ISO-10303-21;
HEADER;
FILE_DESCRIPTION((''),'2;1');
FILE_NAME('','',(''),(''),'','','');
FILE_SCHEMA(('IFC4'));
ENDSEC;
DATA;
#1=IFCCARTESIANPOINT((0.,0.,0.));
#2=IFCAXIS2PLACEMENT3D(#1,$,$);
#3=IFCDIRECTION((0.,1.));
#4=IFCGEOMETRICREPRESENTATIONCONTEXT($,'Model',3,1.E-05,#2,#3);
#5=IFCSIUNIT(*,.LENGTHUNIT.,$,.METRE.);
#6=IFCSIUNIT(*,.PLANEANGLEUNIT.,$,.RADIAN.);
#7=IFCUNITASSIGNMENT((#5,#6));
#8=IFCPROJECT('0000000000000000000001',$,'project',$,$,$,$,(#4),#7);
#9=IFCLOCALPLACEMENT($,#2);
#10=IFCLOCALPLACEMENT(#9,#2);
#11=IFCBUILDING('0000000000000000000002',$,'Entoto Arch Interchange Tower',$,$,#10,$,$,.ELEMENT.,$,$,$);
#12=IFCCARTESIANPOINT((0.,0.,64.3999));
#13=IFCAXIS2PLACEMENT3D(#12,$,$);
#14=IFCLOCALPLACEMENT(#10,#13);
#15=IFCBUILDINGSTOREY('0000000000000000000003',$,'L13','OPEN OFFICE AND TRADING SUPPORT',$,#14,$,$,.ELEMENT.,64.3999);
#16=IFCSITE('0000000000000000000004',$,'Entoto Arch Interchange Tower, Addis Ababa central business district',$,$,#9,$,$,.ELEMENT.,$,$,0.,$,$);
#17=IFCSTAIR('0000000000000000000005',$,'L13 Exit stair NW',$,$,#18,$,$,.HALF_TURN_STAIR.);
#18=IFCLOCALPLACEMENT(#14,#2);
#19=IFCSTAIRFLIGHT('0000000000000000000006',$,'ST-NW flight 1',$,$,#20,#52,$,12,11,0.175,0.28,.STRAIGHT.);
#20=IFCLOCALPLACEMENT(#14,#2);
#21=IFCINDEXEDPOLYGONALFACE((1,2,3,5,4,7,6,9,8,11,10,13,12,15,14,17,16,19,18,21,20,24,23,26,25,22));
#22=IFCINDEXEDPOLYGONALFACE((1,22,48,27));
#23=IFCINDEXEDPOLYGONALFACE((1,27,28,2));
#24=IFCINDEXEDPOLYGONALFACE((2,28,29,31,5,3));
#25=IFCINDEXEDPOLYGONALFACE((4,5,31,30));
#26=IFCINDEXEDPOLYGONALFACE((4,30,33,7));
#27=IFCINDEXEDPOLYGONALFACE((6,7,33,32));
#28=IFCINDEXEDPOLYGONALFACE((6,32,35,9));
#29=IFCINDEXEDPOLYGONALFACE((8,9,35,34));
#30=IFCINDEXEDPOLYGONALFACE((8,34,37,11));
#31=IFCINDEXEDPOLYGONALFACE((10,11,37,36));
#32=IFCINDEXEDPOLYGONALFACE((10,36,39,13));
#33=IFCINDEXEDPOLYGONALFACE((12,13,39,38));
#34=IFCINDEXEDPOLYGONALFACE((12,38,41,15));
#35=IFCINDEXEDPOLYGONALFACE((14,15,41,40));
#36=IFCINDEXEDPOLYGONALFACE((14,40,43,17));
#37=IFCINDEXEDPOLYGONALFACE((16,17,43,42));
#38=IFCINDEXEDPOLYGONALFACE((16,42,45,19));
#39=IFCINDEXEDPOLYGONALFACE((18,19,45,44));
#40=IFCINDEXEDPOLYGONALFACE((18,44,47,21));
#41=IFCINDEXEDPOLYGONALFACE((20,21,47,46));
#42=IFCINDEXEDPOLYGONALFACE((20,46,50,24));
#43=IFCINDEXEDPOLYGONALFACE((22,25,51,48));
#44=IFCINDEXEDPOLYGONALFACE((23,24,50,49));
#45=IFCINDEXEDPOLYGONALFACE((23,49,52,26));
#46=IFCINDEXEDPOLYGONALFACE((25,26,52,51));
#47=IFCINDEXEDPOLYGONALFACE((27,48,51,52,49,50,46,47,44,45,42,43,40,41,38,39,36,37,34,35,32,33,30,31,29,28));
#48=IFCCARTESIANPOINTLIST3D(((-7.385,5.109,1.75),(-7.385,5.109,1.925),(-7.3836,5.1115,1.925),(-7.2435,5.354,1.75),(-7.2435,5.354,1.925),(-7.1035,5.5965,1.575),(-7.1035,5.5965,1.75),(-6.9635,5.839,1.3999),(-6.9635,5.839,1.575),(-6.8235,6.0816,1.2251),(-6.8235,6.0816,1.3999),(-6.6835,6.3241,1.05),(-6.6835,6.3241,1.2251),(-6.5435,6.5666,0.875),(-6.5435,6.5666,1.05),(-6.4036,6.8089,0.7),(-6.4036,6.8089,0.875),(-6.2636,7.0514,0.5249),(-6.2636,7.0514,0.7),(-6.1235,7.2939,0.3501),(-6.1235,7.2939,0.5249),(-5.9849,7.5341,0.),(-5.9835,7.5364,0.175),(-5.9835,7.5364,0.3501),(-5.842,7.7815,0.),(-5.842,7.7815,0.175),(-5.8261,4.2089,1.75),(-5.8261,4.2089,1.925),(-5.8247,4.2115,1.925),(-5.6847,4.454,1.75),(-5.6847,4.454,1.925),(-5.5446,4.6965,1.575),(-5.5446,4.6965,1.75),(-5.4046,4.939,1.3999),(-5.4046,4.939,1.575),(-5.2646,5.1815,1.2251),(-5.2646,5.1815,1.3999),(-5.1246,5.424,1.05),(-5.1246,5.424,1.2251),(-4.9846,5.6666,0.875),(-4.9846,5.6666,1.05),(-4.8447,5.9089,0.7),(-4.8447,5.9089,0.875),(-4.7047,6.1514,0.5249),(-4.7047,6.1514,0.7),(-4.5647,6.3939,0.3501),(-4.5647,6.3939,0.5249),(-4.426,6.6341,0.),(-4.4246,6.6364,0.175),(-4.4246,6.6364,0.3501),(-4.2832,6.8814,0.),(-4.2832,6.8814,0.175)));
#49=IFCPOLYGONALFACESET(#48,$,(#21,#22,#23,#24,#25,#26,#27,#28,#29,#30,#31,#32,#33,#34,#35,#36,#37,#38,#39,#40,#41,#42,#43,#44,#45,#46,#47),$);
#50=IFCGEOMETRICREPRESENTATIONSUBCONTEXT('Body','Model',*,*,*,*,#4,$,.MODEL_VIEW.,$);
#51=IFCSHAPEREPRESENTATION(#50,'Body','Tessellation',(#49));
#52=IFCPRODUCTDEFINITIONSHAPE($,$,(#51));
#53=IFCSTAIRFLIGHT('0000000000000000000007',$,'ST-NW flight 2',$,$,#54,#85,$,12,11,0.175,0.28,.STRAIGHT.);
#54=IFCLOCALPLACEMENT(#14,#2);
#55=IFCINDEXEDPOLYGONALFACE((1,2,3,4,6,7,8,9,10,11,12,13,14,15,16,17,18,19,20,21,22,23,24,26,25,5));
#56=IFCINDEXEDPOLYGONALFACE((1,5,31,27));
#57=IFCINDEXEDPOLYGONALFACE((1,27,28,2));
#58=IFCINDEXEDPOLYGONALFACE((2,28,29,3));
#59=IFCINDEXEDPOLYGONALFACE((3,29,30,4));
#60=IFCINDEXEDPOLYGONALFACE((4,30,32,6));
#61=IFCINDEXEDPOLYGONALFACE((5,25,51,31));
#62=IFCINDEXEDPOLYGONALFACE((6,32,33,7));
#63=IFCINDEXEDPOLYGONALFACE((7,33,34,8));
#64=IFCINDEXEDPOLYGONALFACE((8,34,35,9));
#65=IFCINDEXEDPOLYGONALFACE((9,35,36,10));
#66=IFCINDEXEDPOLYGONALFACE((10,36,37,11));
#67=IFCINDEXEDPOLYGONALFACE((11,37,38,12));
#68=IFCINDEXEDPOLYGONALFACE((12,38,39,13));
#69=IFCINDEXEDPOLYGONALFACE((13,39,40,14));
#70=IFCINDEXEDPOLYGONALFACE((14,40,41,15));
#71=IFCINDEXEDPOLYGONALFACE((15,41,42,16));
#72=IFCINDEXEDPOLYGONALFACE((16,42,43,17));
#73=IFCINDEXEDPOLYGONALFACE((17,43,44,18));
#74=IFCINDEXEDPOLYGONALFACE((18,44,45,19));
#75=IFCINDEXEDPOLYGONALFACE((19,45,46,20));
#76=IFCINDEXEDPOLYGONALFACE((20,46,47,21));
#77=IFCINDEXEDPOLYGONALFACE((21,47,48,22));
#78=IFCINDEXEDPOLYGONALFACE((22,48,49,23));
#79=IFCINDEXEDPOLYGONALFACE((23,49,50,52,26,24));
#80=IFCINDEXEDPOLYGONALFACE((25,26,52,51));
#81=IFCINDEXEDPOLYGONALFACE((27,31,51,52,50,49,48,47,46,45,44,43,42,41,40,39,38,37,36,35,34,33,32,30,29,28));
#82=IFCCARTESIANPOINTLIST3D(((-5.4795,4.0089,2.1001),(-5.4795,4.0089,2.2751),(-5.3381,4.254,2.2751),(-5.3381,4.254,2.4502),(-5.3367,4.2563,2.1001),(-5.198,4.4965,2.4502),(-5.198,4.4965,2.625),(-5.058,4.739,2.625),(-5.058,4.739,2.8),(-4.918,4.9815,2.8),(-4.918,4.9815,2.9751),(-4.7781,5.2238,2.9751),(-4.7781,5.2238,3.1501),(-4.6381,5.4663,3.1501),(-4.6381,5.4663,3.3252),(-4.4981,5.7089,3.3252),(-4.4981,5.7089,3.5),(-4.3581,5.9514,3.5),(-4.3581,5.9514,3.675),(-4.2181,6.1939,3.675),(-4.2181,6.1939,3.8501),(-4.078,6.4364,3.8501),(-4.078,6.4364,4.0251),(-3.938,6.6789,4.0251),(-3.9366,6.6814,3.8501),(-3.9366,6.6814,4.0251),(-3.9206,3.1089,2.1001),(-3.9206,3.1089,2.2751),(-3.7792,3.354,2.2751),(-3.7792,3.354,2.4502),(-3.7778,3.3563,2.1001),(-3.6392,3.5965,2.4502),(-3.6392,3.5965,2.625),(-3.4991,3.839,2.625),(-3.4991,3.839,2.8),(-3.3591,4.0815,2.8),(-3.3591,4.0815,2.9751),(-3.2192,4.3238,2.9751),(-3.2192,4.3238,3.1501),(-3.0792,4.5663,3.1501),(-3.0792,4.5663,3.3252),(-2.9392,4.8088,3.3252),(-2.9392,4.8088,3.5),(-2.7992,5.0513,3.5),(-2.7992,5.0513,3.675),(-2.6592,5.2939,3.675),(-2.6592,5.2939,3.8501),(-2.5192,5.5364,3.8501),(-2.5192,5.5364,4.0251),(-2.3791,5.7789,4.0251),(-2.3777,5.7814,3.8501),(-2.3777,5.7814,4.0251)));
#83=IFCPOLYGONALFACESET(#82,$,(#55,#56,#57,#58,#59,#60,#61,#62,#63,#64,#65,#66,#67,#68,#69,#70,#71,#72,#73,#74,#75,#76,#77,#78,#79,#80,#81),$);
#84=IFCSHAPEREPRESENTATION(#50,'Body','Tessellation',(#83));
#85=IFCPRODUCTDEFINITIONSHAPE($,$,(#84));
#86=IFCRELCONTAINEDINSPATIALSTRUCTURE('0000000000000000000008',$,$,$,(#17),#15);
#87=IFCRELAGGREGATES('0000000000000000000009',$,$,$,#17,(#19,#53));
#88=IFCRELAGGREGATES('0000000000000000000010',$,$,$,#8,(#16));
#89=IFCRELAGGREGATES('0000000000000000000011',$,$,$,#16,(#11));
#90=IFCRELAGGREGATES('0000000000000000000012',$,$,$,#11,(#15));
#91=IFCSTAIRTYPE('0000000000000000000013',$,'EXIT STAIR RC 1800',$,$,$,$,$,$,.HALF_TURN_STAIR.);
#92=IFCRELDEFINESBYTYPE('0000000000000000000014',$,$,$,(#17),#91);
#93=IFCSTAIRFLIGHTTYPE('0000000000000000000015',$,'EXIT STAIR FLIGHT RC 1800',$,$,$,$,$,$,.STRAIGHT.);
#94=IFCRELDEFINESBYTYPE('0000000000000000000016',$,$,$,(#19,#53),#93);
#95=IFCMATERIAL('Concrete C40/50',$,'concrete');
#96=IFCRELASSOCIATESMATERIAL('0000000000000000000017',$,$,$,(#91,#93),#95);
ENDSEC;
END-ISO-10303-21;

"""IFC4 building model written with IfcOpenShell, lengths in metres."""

from ifc_helpers import new_model, si_unit, direction, frame, origin, place, context, subcontext, project, spatial, polyline, outline, extrude, material, type_object, element, aggregate, save


model = new_model("IFC4")

# Units and contexts
model_context = context("Model", 3, precision=1e-05, world=origin(), true_north=direction((0.0, 1.0)))
body_context = subcontext(model_context, "Body", "Model", "MODEL_VIEW")
ifc_project = project(units=[si_unit("LENGTHUNIT", "METRE"), si_unit("PLANEANGLEUNIT", "RADIAN")], contexts=[model_context])

# Site, building, storey
site_placement = place(None, origin())
site = spatial("IfcSite", under=ifc_project, at=site_placement, Name="Entoto Arch Interchange Tower, Addis Ababa central business district", CompositionType="ELEMENT", RefElevation=0.0)
building_placement = place(site_placement, origin())
building = spatial("IfcBuilding", under=site, at=building_placement, Name="Entoto Arch Interchange Tower", CompositionType="ELEMENT")
storey_placement = place(building_placement, frame((0.0, 0.0, 64.3999)))
storey = spatial("IfcBuildingStorey", under=building, at=storey_placement, Name="L13", Description="OPEN OFFICE AND TRADING SUPPORT", CompositionType="ELEMENT", Elevation=64.3999)

# Shared definitions
ifc_material_1 = material(Name="Concrete C40/50", Category="concrete")

# Stair, stair flights
stair_type = type_object("IfcStairType", Name="EXIT STAIR RC 1800", PredefinedType="HALF_TURN_STAIR", material=ifc_material_1)
stair_placement = place(storey_placement, origin())
stair = element("IfcStair", 1, at=stair_placement, inside=storey, type_object=stair_type, Name="L13 Exit stair NW", PredefinedType="HALF_TURN_STAIR")
stair_flight_type = type_object("IfcStairFlightType", Name="EXIT STAIR FLIGHT RC 1800", PredefinedType="STRAIGHT", material=ifc_material_1)
stair_flight_1_placement = place(storey_placement, frame((-5.064, 7.3289, 0.0), z_axis=(0.0, 0.0, 1.0), x_axis=(-0.5, -0.866025, 0.0)))
stair_flight_1 = element("IfcStairFlight", 2, at=stair_flight_1_placement, type_object=stair_flight_type, Name="ST-NW flight 1", NumberOfRisers=12, NumberOfTreads=11, PredefinedType="STRAIGHT", RiserHeight=0.175, TreadLength=0.28, context=body_context, shape_type="SweptSolid", body=[
    extrude(outline(polyline([(-0.0029, 0.0), (-0.0029, 0.175), (0.28, 0.175), (0.28, 0.3501), (0.5601, 0.3501), (0.5601, 0.5249), (0.8401, 0.5249), (0.8401, 0.7), (1.1201, 0.7), (1.1201, 0.875), (1.3999, 0.875), (1.3999, 1.05), (1.6799, 1.05), (1.6799, 1.2251), (1.96, 1.2251), (1.96, 1.3999), (2.24, 1.3999), (2.24, 1.575), (2.52, 1.575), (2.52, 1.75), (2.8, 1.75), (2.8, 1.925), (3.0801, 1.925), (3.083, 1.925), (3.083, 1.75), (0.2827, 0.0), (-0.0029, 0.0)])), frame((0.0, 0.8999, 0.0), z_axis=(0.0, -1.0, 0.0), x_axis=(1.0, 0.0, 0.0)), (0.0, 0.0, 1.0), 1.8),
])
stair_flight_2_placement = place(storey_placement, frame((-4.6987, 3.5615, 2.1001), z_axis=(0.0, 0.0, 1.0), x_axis=(0.5, 0.866025, 0.0)))
stair_flight_2 = element("IfcStairFlight", 3, at=stair_flight_2_placement, type_object=stair_flight_type, Name="ST-NW flight 2", NumberOfRisers=12, NumberOfTreads=11, PredefinedType="STRAIGHT", RiserHeight=0.175, TreadLength=0.28, context=body_context, shape_type="SweptSolid", body=[
    extrude(outline(polyline([(-0.0029, 0.0), (-0.0029, 0.175), (0.28, 0.175), (0.28, 0.3501), (0.5601, 0.3501), (0.5601, 0.5249), (0.8401, 0.5249), (0.8401, 0.7), (1.1201, 0.7), (1.1201, 0.875), (1.3999, 0.875), (1.3999, 1.05), (1.6799, 1.05), (1.6799, 1.2251), (1.96, 1.2251), (1.96, 1.3999), (2.24, 1.3999), (2.24, 1.575), (2.52, 1.575), (2.52, 1.75), (2.8, 1.75), (2.8, 1.925), (3.0801, 1.925), (3.083, 1.925), (3.083, 1.75), (0.2827, 0.0), (-0.0029, 0.0)])), frame((0.0, 0.8999, 0.0), z_axis=(0.0, -1.0, 0.0), x_axis=(1.0, 0.0, 0.0)), (0.0, 0.0, 1.0), 1.8),
])
aggregate(stair, [stair_flight_1, stair_flight_2])

save(model, "model.ifc")
